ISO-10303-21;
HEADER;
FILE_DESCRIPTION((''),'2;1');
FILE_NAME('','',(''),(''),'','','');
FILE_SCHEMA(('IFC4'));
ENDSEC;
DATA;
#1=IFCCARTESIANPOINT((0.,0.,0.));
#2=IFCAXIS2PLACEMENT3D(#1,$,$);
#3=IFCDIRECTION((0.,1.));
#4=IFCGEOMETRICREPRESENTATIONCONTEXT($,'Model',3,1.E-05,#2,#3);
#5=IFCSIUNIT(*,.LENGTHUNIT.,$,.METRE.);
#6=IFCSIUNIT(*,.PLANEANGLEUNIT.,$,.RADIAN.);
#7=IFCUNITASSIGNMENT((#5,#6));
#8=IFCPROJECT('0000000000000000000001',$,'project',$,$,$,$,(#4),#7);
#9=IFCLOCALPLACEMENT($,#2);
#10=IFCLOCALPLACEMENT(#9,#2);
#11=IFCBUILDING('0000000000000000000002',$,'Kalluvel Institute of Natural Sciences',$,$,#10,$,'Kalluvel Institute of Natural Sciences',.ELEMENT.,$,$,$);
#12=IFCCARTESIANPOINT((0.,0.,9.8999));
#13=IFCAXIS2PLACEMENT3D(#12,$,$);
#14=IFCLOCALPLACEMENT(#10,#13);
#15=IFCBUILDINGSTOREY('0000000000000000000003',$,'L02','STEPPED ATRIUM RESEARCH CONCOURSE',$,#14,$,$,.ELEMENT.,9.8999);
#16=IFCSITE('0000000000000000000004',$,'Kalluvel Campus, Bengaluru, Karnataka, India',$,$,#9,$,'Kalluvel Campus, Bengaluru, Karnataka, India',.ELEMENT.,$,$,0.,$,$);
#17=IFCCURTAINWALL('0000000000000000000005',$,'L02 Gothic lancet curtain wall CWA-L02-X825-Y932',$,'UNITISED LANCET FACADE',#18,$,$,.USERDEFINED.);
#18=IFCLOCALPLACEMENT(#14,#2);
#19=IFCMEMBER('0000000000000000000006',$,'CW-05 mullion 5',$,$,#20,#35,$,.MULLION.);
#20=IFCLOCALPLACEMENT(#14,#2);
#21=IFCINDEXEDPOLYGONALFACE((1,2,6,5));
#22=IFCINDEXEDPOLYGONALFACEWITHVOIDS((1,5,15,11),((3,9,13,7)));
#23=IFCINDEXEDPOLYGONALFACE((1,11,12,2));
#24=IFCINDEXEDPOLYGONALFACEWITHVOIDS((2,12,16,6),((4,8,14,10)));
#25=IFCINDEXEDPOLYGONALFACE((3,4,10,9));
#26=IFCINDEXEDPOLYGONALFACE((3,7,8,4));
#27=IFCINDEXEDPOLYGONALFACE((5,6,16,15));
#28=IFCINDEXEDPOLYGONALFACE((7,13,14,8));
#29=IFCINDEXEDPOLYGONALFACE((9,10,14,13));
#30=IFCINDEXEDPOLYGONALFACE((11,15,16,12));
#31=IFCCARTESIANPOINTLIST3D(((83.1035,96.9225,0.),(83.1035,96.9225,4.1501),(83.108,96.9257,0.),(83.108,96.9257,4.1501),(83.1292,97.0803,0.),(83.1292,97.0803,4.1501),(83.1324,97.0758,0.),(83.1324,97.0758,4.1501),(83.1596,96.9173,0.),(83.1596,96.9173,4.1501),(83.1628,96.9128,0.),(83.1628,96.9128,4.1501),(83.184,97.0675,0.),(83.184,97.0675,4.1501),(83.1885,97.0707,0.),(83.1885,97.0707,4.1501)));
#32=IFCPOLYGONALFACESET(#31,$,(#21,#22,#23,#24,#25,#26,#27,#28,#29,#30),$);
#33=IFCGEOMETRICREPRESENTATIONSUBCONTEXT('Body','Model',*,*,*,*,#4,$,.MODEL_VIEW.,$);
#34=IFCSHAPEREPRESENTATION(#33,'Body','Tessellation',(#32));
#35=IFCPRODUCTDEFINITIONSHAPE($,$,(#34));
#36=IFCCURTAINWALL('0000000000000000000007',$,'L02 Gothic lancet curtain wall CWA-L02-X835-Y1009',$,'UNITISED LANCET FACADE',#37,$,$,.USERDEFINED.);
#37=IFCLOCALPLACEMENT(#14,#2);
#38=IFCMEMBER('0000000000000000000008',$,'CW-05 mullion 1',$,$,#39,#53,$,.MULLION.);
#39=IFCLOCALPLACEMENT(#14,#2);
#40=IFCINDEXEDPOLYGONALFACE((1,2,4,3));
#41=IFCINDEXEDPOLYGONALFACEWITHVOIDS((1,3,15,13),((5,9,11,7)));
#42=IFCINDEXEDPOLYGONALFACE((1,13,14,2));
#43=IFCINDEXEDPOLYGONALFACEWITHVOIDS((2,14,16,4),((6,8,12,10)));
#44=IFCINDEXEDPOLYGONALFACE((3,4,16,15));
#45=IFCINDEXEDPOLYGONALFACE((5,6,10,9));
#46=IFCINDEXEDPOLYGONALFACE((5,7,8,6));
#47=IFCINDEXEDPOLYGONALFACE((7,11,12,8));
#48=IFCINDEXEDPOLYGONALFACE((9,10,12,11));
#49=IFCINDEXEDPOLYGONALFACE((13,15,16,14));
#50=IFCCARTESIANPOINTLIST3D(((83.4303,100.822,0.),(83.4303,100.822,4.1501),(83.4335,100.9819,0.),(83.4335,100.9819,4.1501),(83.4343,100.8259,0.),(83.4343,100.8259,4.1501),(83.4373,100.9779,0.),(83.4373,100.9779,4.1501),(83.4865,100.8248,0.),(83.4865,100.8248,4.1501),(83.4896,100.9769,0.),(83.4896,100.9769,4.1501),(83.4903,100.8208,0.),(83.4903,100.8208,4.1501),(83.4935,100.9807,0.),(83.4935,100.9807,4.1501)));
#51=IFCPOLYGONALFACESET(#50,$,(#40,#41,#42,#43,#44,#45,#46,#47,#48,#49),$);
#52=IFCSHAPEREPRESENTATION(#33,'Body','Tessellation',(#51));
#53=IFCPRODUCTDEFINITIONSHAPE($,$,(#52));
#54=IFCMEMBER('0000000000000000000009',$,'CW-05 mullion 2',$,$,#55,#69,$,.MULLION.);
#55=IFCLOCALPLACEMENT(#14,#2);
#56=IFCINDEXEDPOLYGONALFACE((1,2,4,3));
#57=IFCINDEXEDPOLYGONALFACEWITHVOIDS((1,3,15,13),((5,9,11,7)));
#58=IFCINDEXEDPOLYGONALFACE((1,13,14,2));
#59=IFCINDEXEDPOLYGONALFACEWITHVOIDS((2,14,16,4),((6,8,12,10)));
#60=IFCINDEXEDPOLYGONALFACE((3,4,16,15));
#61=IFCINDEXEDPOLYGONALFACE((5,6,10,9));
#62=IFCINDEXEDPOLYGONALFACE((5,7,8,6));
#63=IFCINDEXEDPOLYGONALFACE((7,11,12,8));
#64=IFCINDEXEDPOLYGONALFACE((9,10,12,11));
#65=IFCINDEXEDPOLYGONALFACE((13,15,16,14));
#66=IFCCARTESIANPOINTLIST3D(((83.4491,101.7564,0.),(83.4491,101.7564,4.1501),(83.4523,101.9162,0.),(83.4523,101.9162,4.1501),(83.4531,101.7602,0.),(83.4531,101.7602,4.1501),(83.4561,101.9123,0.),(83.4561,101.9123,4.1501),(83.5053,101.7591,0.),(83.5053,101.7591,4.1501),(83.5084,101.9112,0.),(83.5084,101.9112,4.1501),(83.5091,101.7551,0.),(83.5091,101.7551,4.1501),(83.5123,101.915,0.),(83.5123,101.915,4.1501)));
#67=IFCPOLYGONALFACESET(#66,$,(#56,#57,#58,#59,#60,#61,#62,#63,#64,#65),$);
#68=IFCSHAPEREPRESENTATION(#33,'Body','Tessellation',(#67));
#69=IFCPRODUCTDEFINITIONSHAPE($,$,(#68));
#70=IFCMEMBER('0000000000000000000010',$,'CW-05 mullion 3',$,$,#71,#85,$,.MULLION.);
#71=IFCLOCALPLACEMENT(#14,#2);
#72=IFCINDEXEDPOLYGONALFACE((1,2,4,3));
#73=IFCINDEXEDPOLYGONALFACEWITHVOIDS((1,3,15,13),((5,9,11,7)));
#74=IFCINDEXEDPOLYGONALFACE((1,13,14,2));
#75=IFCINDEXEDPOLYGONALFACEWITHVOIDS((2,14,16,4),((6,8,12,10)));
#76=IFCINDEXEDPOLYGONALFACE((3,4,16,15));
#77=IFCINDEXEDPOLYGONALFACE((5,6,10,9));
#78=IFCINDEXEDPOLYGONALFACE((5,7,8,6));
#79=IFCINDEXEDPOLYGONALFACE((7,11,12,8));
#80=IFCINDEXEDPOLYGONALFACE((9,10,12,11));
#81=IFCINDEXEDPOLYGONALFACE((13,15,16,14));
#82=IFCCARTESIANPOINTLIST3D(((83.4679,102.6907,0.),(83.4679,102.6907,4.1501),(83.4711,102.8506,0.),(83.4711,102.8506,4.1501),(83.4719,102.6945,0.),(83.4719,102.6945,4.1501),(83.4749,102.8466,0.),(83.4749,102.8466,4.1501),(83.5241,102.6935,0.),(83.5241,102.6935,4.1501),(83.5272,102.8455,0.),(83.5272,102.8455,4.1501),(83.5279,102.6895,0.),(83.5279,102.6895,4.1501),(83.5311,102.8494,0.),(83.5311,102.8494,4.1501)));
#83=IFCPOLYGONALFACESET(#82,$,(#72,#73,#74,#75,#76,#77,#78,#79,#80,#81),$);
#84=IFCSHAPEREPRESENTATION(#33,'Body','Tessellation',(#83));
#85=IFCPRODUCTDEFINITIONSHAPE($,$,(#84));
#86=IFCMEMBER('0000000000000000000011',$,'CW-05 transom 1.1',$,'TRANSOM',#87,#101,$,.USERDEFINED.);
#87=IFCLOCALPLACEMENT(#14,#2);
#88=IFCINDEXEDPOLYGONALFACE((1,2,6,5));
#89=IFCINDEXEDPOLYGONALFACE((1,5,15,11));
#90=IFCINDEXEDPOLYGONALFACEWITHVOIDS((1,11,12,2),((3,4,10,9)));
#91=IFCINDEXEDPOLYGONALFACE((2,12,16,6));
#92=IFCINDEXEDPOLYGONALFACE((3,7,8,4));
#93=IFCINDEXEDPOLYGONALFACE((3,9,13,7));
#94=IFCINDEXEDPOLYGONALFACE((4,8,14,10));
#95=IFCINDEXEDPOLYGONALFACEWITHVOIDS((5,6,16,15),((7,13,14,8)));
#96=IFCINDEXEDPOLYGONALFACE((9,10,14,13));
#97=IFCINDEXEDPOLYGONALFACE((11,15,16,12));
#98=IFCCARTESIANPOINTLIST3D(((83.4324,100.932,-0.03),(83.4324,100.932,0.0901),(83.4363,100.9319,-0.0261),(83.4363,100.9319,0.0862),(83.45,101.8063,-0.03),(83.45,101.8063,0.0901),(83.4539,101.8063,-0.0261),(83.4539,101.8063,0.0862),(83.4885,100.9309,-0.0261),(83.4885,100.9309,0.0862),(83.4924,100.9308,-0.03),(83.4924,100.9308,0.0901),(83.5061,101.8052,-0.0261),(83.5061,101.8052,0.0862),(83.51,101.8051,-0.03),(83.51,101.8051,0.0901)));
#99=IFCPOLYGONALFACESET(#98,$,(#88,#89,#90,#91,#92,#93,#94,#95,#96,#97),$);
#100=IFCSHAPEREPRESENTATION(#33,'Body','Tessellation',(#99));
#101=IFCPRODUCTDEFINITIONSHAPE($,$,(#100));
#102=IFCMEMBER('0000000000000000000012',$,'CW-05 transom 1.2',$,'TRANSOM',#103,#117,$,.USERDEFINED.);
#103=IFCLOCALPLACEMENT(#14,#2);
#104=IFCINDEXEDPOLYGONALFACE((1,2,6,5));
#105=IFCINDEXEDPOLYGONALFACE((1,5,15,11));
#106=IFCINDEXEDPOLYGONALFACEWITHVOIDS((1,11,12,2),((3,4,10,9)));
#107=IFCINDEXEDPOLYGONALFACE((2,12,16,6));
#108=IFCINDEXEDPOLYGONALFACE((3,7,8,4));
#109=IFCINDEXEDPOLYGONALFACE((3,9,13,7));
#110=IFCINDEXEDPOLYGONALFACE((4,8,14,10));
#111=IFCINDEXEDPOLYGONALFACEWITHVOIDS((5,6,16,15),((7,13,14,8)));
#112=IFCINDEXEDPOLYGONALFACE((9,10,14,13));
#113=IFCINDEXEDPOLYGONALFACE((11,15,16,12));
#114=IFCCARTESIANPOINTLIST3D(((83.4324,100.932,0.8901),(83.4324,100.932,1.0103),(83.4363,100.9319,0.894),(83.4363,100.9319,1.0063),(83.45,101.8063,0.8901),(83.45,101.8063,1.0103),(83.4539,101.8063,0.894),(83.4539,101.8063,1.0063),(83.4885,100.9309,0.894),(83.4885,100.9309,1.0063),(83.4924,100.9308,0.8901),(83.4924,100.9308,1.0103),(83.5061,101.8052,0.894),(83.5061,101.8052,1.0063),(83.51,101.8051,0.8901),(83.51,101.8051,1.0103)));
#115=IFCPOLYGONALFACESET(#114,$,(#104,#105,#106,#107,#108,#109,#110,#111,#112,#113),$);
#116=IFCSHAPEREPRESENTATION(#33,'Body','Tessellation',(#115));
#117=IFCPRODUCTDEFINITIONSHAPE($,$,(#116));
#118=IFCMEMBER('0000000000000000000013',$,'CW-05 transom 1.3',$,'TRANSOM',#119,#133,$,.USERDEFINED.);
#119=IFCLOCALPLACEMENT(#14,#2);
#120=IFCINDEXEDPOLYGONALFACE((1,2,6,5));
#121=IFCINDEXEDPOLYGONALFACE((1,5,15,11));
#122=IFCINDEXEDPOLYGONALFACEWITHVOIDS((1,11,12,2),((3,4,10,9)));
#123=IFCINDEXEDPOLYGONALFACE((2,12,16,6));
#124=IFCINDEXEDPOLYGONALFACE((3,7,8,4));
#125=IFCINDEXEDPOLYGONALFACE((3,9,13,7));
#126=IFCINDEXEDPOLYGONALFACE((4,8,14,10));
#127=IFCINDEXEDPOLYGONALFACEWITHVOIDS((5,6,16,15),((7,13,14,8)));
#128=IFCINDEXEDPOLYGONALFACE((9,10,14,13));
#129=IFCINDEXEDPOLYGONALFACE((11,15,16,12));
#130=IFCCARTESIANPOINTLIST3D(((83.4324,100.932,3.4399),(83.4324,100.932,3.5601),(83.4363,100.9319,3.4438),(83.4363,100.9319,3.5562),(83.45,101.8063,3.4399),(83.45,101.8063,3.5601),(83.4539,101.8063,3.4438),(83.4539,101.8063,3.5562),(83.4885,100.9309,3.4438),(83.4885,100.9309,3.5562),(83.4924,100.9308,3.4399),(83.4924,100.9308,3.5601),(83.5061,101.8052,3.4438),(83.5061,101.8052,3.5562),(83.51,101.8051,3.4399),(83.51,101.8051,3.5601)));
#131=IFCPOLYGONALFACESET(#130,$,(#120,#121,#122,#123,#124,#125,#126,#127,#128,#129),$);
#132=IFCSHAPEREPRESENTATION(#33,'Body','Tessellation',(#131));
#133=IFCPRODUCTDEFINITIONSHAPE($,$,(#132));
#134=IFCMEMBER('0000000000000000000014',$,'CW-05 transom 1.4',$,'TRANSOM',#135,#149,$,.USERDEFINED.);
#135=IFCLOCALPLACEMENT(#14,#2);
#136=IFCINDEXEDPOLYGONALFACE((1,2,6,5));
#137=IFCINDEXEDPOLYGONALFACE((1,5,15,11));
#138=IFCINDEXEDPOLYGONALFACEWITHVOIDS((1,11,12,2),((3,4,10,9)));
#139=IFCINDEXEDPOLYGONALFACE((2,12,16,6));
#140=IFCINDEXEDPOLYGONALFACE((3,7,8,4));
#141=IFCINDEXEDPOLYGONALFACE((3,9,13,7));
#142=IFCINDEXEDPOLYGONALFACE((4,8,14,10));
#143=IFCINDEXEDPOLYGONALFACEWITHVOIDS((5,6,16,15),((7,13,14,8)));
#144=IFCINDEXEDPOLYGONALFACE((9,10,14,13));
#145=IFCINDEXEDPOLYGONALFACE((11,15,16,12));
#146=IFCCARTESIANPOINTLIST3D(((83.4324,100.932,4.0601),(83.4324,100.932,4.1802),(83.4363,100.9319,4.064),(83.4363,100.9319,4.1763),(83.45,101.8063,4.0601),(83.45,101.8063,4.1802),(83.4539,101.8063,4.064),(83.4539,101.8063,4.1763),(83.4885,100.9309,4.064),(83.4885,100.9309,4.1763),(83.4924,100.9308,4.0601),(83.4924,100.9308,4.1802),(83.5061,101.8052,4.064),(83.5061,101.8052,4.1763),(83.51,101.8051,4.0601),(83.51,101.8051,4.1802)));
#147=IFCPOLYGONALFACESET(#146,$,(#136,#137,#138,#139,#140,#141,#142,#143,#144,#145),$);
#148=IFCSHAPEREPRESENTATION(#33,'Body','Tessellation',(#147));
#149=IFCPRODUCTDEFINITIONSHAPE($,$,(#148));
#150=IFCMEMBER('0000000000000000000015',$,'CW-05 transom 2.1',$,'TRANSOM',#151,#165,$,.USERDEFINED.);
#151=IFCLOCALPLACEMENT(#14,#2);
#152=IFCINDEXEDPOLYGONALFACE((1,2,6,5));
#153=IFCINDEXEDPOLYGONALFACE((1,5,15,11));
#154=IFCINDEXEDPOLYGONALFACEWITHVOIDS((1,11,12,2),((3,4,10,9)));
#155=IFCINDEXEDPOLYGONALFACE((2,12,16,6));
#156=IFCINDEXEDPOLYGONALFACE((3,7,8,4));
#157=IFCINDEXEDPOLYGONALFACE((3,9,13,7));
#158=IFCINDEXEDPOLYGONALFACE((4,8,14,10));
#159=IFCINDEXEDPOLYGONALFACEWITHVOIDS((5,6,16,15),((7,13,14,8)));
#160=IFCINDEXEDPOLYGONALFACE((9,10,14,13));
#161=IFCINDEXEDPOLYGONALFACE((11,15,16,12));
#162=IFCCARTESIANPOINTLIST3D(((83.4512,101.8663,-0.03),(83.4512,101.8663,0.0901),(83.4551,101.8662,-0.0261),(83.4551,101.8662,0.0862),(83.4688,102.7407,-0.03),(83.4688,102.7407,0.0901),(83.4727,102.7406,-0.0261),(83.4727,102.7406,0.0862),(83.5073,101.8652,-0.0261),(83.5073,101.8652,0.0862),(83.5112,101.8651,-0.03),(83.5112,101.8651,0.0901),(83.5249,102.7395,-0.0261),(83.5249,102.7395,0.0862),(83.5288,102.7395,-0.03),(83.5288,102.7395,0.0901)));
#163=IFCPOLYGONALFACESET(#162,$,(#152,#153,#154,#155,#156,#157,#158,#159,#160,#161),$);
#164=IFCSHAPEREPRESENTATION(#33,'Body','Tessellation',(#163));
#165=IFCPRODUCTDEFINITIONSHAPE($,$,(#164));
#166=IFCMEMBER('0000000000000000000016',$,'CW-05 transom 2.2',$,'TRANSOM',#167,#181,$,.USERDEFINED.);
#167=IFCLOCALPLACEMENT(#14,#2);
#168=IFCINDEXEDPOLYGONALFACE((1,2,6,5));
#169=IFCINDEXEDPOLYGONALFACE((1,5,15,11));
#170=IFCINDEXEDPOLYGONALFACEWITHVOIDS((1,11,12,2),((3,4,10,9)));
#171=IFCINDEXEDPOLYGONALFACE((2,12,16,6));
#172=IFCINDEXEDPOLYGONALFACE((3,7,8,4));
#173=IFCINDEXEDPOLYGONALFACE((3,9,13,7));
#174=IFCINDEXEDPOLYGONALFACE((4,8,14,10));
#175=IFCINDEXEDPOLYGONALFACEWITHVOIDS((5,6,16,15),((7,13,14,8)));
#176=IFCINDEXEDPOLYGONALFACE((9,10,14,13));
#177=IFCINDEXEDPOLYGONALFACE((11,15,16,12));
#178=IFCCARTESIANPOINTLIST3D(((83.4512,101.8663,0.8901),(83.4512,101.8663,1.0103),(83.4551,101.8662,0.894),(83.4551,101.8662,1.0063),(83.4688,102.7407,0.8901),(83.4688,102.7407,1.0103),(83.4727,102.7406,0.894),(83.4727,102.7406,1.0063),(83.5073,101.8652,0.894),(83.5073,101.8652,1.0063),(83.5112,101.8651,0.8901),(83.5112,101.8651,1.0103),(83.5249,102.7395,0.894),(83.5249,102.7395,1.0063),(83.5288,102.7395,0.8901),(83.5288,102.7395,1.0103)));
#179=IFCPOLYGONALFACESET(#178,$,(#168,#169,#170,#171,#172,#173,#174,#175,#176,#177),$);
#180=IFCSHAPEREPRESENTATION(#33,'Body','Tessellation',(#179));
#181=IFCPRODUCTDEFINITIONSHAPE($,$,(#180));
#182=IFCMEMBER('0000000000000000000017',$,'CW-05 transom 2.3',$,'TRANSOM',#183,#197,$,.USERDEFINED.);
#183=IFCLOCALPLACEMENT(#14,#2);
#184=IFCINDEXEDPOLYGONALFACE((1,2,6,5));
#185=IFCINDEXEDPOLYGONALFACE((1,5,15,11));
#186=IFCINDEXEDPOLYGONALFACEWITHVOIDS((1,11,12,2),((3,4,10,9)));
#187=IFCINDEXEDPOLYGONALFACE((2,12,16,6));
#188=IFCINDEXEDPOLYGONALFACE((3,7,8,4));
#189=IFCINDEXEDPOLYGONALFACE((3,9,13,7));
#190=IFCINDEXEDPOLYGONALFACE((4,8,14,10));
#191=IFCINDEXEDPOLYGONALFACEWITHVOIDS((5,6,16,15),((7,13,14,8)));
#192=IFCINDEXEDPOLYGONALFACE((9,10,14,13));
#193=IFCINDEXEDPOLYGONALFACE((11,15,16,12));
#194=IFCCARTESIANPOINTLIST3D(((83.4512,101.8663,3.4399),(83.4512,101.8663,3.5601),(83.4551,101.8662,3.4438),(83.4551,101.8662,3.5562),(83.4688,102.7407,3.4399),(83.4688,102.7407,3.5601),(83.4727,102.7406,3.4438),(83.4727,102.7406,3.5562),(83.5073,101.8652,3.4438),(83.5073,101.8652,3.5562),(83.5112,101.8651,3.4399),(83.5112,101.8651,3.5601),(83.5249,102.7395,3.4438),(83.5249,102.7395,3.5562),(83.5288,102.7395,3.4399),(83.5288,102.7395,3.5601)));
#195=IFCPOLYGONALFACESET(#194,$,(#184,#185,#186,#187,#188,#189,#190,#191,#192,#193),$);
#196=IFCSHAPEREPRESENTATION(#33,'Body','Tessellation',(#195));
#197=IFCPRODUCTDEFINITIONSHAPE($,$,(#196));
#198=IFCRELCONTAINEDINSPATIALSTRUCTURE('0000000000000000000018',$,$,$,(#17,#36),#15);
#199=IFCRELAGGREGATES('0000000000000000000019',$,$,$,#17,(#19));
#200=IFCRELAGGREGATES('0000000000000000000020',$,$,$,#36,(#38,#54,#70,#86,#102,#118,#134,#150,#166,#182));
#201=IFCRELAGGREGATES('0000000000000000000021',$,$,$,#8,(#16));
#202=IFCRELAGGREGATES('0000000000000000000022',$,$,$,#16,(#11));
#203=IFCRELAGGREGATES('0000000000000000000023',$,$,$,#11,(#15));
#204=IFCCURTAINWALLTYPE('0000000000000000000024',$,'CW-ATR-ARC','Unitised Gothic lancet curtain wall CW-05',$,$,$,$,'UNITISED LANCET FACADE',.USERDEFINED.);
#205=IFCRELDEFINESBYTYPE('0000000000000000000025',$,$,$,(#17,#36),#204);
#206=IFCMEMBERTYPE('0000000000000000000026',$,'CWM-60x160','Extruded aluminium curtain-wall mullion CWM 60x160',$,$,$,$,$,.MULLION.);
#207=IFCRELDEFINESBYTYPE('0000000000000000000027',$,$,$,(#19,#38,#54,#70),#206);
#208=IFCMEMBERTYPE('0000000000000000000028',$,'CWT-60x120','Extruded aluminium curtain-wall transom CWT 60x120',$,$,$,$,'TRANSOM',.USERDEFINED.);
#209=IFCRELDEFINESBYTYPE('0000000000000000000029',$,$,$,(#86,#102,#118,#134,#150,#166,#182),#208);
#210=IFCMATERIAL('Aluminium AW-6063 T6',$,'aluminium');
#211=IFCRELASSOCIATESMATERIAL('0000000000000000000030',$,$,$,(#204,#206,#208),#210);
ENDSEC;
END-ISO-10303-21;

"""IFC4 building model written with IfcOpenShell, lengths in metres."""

from ifc_helpers import new_model, si_unit, direction, frame, origin, origin_2d, place, context, subcontext, project, spatial, hollow_rectangle, extrude, material, material_profile, profile_set, type_object, element, aggregate, save


model = new_model("IFC4")

# Units and contexts
model_context = context("Model", 3, precision=1e-05, world=origin(), true_north=direction((0.0, 1.0)))
body_context = subcontext(model_context, "Body", "Model", "MODEL_VIEW")
ifc_project = project(units=[si_unit("LENGTHUNIT", "METRE"), si_unit("PLANEANGLEUNIT", "RADIAN")], contexts=[model_context])

# Site, building, storey
site_placement = place(None, origin())
site = spatial("IfcSite", under=ifc_project, at=site_placement, Name="Kalluvel Campus, Bengaluru, Karnataka, India", LongName="Kalluvel Campus, Bengaluru, Karnataka, India", CompositionType="ELEMENT", RefElevation=0.0)
building_placement = place(site_placement, origin())
building = spatial("IfcBuilding", under=site, at=building_placement, Name="Kalluvel Institute of Natural Sciences", LongName="Kalluvel Institute of Natural Sciences", CompositionType="ELEMENT")
storey_placement = place(building_placement, frame((0.0, 0.0, 9.8999)))
storey = spatial("IfcBuildingStorey", under=building, at=storey_placement, Name="L02", Description="STEPPED ATRIUM RESEARCH CONCOURSE", CompositionType="ELEMENT", Elevation=9.8999)

# Curtain wall, member
ifc_material_1 = material(Name="Aluminium AW-6063 T6", Category="aluminium")
curtain_wall_type = type_object("IfcCurtainWallType", Name="CW-ATR-ARC", Description="Unitised Gothic lancet curtain wall CW-05", ElementType="UNITISED LANCET FACADE", PredefinedType="USERDEFINED", material=ifc_material_1)
curtain_wall_1_placement = place(storey_placement, origin())
curtain_wall_1 = element("IfcCurtainWall", 1, at=curtain_wall_1_placement, inside=storey, type_object=curtain_wall_type, Name="L02 Gothic lancet curtain wall CWA-L02-X825-Y932", ObjectType="UNITISED LANCET FACADE", PredefinedType="USERDEFINED")
ifc_material_profile_1 = material_profile(ifc_material_1, hollow_rectangle(XDim=0.0601, YDim=0.1599, WallThickness=0.0039, at=origin_2d()), Name="CWM 60x160")
ifc_profile_set_1 = profile_set([ifc_material_profile_1], Name="Aluminium AW-6063 T6")
member_type_1 = type_object("IfcMemberType", Name="CWM-60x160", Description="Extruded aluminium curtain-wall mullion CWM 60x160", PredefinedType="MULLION", material=ifc_profile_set_1)
member_1_placement = place(storey_placement, frame((83.146, 96.9966, 0.0), z_axis=(0.0, 0.0, 1.0), x_axis=(-0.987049, 0.160417, 0.0)))
member_1 = element("IfcMember", 2, at=member_1_placement, type_object=member_type_1, Name="CW-05 mullion 5", PredefinedType="MULLION", context=body_context, shape_type="SweptSolid", body=[
    extrude(hollow_rectangle(XDim=0.0601, YDim=0.1599, WallThickness=0.0039, at=origin_2d()), origin(), (0.0, 0.0, 1.0), 4.1501),
])

# Curtain wall, members
curtain_wall_2_placement = place(storey_placement, origin())
curtain_wall_2 = element("IfcCurtainWall", 3, at=curtain_wall_2_placement, inside=storey, type_object=curtain_wall_type, Name="L02 Gothic lancet curtain wall CWA-L02-X835-Y1009", ObjectType="UNITISED LANCET FACADE", PredefinedType="USERDEFINED")
member_2_placement = place(storey_placement, frame((83.4619, 100.9014, 0.0), z_axis=(0.0, 0.0, 1.0), x_axis=(-0.999798, 0.020113, 0.0)))
member_2 = element("IfcMember", 4, at=member_2_placement, type_object=member_type_1, Name="CW-05 mullion 1", PredefinedType="MULLION", context=body_context, shape_type="SweptSolid", body=[
    extrude(hollow_rectangle(XDim=0.0601, YDim=0.1599, WallThickness=0.0039, at=origin_2d()), origin(), (0.0, 0.0, 1.0), 4.1501),
])
member_3_placement = place(storey_placement, frame((83.4807, 101.8357, 0.0), z_axis=(0.0, 0.0, 1.0), x_axis=(-0.999798, 0.020113, 0.0)))
member_3 = element("IfcMember", 5, at=member_3_placement, type_object=member_type_1, Name="CW-05 mullion 2", PredefinedType="MULLION", context=body_context, shape_type="SweptSolid", body=[
    extrude(hollow_rectangle(XDim=0.0601, YDim=0.1599, WallThickness=0.0039, at=origin_2d()), origin(), (0.0, 0.0, 1.0), 4.1501),
])
member_4_placement = place(storey_placement, frame((83.4995, 102.77, 0.0), z_axis=(0.0, 0.0, 1.0), x_axis=(-0.999798, 0.020113, 0.0)))
member_4 = element("IfcMember", 6, at=member_4_placement, type_object=member_type_1, Name="CW-05 mullion 3", PredefinedType="MULLION", context=body_context, shape_type="SweptSolid", body=[
    extrude(hollow_rectangle(XDim=0.0601, YDim=0.1599, WallThickness=0.0039, at=origin_2d()), origin(), (0.0, 0.0, 1.0), 4.1501),
])
ifc_material_profile_2 = material_profile(ifc_material_1, hollow_rectangle(XDim=0.0601, YDim=0.1201, WallThickness=0.0039, at=origin_2d()), Name="CWT 60x120")
ifc_profile_set_2 = profile_set([ifc_material_profile_2], Name="Aluminium AW-6063 T6")
member_type_2 = type_object("IfcMemberType", Name="CWT-60x120", Description="Extruded aluminium curtain-wall transom CWT 60x120", ElementType="TRANSOM", PredefinedType="USERDEFINED", material=ifc_profile_set_2)
member_5_placement = place(storey_placement, frame((83.4624, 100.9314, 0.03), z_axis=(0.020102, 0.999798, 0.0), x_axis=(-0.999798, 0.020102, 0.0)))
member_5 = element("IfcMember", 7, at=member_5_placement, type_object=member_type_2, Name="CW-05 transom 1.1", ObjectType="TRANSOM", PredefinedType="USERDEFINED", context=body_context, shape_type="SweptSolid", body=[
    extrude(hollow_rectangle(XDim=0.0601, YDim=0.1201, WallThickness=0.0039, at=origin_2d()), origin(), (0.0, 0.0, 1.0), 0.8745),
])
member_6_placement = place(storey_placement, frame((83.4624, 100.9314, 0.9502), z_axis=(0.020102, 0.999798, 0.0), x_axis=(-0.999798, 0.020102, 0.0)))
member_6 = element("IfcMember", 8, at=member_6_placement, type_object=member_type_2, Name="CW-05 transom 1.2", ObjectType="TRANSOM", PredefinedType="USERDEFINED", context=body_context, shape_type="SweptSolid", body=[
    extrude(hollow_rectangle(XDim=0.0601, YDim=0.1201, WallThickness=0.0039, at=origin_2d()), origin(), (0.0, 0.0, 1.0), 0.8745),
])
member_7_placement = place(storey_placement, frame((83.4624, 100.9314, 3.5), z_axis=(0.020102, 0.999798, 0.0), x_axis=(-0.999798, 0.020102, 0.0)))
member_7 = element("IfcMember", 9, at=member_7_placement, type_object=member_type_2, Name="CW-05 transom 1.3", ObjectType="TRANSOM", PredefinedType="USERDEFINED", context=body_context, shape_type="SweptSolid", body=[
    extrude(hollow_rectangle(XDim=0.0601, YDim=0.1201, WallThickness=0.0039, at=origin_2d()), origin(), (0.0, 0.0, 1.0), 0.8745),
])
member_8_placement = place(storey_placement, frame((83.4624, 100.9314, 4.1201), z_axis=(0.020102, 0.999798, 0.0), x_axis=(-0.999798, 0.020102, 0.0)))
member_8 = element("IfcMember", 10, at=member_8_placement, type_object=member_type_2, Name="CW-05 transom 1.4", ObjectType="TRANSOM", PredefinedType="USERDEFINED", context=body_context, shape_type="SweptSolid", body=[
    extrude(hollow_rectangle(XDim=0.0601, YDim=0.1201, WallThickness=0.0039, at=origin_2d()), origin(), (0.0, 0.0, 1.0), 0.8745),
])
member_9_placement = place(storey_placement, frame((83.4812, 101.8657, 0.03), z_axis=(0.020102, 0.999798, 0.0), x_axis=(-0.999798, 0.020102, 0.0)))
member_9 = element("IfcMember", 11, at=member_9_placement, type_object=member_type_2, Name="CW-05 transom 2.1", ObjectType="TRANSOM", PredefinedType="USERDEFINED", context=body_context, shape_type="SweptSolid", body=[
    extrude(hollow_rectangle(XDim=0.0601, YDim=0.1201, WallThickness=0.0039, at=origin_2d()), origin(), (0.0, 0.0, 1.0), 0.8745),
])
member_10_placement = place(storey_placement, frame((83.4812, 101.8657, 0.9502), z_axis=(0.020102, 0.999798, 0.0), x_axis=(-0.999798, 0.020102, 0.0)))
member_10 = element("IfcMember", 12, at=member_10_placement, type_object=member_type_2, Name="CW-05 transom 2.2", ObjectType="TRANSOM", PredefinedType="USERDEFINED", context=body_context, shape_type="SweptSolid", body=[
    extrude(hollow_rectangle(XDim=0.0601, YDim=0.1201, WallThickness=0.0039, at=origin_2d()), origin(), (0.0, 0.0, 1.0), 0.8745),
])
member_11_placement = place(storey_placement, frame((83.4812, 101.8657, 3.5), z_axis=(0.020102, 0.999798, 0.0), x_axis=(-0.999798, 0.020102, 0.0)))
member_11 = element("IfcMember", 13, at=member_11_placement, type_object=member_type_2, Name="CW-05 transom 2.3", ObjectType="TRANSOM", PredefinedType="USERDEFINED", context=body_context, shape_type="SweptSolid", body=[
    extrude(hollow_rectangle(XDim=0.0601, YDim=0.1201, WallThickness=0.0039, at=origin_2d()), origin(), (0.0, 0.0, 1.0), 0.8745),
])

aggregate(curtain_wall_1, [member_1])
aggregate(curtain_wall_2, [member_2, member_3, member_4, member_5, member_6, member_7, member_8, member_9, member_10, member_11])

save(model, "model.ifc")
